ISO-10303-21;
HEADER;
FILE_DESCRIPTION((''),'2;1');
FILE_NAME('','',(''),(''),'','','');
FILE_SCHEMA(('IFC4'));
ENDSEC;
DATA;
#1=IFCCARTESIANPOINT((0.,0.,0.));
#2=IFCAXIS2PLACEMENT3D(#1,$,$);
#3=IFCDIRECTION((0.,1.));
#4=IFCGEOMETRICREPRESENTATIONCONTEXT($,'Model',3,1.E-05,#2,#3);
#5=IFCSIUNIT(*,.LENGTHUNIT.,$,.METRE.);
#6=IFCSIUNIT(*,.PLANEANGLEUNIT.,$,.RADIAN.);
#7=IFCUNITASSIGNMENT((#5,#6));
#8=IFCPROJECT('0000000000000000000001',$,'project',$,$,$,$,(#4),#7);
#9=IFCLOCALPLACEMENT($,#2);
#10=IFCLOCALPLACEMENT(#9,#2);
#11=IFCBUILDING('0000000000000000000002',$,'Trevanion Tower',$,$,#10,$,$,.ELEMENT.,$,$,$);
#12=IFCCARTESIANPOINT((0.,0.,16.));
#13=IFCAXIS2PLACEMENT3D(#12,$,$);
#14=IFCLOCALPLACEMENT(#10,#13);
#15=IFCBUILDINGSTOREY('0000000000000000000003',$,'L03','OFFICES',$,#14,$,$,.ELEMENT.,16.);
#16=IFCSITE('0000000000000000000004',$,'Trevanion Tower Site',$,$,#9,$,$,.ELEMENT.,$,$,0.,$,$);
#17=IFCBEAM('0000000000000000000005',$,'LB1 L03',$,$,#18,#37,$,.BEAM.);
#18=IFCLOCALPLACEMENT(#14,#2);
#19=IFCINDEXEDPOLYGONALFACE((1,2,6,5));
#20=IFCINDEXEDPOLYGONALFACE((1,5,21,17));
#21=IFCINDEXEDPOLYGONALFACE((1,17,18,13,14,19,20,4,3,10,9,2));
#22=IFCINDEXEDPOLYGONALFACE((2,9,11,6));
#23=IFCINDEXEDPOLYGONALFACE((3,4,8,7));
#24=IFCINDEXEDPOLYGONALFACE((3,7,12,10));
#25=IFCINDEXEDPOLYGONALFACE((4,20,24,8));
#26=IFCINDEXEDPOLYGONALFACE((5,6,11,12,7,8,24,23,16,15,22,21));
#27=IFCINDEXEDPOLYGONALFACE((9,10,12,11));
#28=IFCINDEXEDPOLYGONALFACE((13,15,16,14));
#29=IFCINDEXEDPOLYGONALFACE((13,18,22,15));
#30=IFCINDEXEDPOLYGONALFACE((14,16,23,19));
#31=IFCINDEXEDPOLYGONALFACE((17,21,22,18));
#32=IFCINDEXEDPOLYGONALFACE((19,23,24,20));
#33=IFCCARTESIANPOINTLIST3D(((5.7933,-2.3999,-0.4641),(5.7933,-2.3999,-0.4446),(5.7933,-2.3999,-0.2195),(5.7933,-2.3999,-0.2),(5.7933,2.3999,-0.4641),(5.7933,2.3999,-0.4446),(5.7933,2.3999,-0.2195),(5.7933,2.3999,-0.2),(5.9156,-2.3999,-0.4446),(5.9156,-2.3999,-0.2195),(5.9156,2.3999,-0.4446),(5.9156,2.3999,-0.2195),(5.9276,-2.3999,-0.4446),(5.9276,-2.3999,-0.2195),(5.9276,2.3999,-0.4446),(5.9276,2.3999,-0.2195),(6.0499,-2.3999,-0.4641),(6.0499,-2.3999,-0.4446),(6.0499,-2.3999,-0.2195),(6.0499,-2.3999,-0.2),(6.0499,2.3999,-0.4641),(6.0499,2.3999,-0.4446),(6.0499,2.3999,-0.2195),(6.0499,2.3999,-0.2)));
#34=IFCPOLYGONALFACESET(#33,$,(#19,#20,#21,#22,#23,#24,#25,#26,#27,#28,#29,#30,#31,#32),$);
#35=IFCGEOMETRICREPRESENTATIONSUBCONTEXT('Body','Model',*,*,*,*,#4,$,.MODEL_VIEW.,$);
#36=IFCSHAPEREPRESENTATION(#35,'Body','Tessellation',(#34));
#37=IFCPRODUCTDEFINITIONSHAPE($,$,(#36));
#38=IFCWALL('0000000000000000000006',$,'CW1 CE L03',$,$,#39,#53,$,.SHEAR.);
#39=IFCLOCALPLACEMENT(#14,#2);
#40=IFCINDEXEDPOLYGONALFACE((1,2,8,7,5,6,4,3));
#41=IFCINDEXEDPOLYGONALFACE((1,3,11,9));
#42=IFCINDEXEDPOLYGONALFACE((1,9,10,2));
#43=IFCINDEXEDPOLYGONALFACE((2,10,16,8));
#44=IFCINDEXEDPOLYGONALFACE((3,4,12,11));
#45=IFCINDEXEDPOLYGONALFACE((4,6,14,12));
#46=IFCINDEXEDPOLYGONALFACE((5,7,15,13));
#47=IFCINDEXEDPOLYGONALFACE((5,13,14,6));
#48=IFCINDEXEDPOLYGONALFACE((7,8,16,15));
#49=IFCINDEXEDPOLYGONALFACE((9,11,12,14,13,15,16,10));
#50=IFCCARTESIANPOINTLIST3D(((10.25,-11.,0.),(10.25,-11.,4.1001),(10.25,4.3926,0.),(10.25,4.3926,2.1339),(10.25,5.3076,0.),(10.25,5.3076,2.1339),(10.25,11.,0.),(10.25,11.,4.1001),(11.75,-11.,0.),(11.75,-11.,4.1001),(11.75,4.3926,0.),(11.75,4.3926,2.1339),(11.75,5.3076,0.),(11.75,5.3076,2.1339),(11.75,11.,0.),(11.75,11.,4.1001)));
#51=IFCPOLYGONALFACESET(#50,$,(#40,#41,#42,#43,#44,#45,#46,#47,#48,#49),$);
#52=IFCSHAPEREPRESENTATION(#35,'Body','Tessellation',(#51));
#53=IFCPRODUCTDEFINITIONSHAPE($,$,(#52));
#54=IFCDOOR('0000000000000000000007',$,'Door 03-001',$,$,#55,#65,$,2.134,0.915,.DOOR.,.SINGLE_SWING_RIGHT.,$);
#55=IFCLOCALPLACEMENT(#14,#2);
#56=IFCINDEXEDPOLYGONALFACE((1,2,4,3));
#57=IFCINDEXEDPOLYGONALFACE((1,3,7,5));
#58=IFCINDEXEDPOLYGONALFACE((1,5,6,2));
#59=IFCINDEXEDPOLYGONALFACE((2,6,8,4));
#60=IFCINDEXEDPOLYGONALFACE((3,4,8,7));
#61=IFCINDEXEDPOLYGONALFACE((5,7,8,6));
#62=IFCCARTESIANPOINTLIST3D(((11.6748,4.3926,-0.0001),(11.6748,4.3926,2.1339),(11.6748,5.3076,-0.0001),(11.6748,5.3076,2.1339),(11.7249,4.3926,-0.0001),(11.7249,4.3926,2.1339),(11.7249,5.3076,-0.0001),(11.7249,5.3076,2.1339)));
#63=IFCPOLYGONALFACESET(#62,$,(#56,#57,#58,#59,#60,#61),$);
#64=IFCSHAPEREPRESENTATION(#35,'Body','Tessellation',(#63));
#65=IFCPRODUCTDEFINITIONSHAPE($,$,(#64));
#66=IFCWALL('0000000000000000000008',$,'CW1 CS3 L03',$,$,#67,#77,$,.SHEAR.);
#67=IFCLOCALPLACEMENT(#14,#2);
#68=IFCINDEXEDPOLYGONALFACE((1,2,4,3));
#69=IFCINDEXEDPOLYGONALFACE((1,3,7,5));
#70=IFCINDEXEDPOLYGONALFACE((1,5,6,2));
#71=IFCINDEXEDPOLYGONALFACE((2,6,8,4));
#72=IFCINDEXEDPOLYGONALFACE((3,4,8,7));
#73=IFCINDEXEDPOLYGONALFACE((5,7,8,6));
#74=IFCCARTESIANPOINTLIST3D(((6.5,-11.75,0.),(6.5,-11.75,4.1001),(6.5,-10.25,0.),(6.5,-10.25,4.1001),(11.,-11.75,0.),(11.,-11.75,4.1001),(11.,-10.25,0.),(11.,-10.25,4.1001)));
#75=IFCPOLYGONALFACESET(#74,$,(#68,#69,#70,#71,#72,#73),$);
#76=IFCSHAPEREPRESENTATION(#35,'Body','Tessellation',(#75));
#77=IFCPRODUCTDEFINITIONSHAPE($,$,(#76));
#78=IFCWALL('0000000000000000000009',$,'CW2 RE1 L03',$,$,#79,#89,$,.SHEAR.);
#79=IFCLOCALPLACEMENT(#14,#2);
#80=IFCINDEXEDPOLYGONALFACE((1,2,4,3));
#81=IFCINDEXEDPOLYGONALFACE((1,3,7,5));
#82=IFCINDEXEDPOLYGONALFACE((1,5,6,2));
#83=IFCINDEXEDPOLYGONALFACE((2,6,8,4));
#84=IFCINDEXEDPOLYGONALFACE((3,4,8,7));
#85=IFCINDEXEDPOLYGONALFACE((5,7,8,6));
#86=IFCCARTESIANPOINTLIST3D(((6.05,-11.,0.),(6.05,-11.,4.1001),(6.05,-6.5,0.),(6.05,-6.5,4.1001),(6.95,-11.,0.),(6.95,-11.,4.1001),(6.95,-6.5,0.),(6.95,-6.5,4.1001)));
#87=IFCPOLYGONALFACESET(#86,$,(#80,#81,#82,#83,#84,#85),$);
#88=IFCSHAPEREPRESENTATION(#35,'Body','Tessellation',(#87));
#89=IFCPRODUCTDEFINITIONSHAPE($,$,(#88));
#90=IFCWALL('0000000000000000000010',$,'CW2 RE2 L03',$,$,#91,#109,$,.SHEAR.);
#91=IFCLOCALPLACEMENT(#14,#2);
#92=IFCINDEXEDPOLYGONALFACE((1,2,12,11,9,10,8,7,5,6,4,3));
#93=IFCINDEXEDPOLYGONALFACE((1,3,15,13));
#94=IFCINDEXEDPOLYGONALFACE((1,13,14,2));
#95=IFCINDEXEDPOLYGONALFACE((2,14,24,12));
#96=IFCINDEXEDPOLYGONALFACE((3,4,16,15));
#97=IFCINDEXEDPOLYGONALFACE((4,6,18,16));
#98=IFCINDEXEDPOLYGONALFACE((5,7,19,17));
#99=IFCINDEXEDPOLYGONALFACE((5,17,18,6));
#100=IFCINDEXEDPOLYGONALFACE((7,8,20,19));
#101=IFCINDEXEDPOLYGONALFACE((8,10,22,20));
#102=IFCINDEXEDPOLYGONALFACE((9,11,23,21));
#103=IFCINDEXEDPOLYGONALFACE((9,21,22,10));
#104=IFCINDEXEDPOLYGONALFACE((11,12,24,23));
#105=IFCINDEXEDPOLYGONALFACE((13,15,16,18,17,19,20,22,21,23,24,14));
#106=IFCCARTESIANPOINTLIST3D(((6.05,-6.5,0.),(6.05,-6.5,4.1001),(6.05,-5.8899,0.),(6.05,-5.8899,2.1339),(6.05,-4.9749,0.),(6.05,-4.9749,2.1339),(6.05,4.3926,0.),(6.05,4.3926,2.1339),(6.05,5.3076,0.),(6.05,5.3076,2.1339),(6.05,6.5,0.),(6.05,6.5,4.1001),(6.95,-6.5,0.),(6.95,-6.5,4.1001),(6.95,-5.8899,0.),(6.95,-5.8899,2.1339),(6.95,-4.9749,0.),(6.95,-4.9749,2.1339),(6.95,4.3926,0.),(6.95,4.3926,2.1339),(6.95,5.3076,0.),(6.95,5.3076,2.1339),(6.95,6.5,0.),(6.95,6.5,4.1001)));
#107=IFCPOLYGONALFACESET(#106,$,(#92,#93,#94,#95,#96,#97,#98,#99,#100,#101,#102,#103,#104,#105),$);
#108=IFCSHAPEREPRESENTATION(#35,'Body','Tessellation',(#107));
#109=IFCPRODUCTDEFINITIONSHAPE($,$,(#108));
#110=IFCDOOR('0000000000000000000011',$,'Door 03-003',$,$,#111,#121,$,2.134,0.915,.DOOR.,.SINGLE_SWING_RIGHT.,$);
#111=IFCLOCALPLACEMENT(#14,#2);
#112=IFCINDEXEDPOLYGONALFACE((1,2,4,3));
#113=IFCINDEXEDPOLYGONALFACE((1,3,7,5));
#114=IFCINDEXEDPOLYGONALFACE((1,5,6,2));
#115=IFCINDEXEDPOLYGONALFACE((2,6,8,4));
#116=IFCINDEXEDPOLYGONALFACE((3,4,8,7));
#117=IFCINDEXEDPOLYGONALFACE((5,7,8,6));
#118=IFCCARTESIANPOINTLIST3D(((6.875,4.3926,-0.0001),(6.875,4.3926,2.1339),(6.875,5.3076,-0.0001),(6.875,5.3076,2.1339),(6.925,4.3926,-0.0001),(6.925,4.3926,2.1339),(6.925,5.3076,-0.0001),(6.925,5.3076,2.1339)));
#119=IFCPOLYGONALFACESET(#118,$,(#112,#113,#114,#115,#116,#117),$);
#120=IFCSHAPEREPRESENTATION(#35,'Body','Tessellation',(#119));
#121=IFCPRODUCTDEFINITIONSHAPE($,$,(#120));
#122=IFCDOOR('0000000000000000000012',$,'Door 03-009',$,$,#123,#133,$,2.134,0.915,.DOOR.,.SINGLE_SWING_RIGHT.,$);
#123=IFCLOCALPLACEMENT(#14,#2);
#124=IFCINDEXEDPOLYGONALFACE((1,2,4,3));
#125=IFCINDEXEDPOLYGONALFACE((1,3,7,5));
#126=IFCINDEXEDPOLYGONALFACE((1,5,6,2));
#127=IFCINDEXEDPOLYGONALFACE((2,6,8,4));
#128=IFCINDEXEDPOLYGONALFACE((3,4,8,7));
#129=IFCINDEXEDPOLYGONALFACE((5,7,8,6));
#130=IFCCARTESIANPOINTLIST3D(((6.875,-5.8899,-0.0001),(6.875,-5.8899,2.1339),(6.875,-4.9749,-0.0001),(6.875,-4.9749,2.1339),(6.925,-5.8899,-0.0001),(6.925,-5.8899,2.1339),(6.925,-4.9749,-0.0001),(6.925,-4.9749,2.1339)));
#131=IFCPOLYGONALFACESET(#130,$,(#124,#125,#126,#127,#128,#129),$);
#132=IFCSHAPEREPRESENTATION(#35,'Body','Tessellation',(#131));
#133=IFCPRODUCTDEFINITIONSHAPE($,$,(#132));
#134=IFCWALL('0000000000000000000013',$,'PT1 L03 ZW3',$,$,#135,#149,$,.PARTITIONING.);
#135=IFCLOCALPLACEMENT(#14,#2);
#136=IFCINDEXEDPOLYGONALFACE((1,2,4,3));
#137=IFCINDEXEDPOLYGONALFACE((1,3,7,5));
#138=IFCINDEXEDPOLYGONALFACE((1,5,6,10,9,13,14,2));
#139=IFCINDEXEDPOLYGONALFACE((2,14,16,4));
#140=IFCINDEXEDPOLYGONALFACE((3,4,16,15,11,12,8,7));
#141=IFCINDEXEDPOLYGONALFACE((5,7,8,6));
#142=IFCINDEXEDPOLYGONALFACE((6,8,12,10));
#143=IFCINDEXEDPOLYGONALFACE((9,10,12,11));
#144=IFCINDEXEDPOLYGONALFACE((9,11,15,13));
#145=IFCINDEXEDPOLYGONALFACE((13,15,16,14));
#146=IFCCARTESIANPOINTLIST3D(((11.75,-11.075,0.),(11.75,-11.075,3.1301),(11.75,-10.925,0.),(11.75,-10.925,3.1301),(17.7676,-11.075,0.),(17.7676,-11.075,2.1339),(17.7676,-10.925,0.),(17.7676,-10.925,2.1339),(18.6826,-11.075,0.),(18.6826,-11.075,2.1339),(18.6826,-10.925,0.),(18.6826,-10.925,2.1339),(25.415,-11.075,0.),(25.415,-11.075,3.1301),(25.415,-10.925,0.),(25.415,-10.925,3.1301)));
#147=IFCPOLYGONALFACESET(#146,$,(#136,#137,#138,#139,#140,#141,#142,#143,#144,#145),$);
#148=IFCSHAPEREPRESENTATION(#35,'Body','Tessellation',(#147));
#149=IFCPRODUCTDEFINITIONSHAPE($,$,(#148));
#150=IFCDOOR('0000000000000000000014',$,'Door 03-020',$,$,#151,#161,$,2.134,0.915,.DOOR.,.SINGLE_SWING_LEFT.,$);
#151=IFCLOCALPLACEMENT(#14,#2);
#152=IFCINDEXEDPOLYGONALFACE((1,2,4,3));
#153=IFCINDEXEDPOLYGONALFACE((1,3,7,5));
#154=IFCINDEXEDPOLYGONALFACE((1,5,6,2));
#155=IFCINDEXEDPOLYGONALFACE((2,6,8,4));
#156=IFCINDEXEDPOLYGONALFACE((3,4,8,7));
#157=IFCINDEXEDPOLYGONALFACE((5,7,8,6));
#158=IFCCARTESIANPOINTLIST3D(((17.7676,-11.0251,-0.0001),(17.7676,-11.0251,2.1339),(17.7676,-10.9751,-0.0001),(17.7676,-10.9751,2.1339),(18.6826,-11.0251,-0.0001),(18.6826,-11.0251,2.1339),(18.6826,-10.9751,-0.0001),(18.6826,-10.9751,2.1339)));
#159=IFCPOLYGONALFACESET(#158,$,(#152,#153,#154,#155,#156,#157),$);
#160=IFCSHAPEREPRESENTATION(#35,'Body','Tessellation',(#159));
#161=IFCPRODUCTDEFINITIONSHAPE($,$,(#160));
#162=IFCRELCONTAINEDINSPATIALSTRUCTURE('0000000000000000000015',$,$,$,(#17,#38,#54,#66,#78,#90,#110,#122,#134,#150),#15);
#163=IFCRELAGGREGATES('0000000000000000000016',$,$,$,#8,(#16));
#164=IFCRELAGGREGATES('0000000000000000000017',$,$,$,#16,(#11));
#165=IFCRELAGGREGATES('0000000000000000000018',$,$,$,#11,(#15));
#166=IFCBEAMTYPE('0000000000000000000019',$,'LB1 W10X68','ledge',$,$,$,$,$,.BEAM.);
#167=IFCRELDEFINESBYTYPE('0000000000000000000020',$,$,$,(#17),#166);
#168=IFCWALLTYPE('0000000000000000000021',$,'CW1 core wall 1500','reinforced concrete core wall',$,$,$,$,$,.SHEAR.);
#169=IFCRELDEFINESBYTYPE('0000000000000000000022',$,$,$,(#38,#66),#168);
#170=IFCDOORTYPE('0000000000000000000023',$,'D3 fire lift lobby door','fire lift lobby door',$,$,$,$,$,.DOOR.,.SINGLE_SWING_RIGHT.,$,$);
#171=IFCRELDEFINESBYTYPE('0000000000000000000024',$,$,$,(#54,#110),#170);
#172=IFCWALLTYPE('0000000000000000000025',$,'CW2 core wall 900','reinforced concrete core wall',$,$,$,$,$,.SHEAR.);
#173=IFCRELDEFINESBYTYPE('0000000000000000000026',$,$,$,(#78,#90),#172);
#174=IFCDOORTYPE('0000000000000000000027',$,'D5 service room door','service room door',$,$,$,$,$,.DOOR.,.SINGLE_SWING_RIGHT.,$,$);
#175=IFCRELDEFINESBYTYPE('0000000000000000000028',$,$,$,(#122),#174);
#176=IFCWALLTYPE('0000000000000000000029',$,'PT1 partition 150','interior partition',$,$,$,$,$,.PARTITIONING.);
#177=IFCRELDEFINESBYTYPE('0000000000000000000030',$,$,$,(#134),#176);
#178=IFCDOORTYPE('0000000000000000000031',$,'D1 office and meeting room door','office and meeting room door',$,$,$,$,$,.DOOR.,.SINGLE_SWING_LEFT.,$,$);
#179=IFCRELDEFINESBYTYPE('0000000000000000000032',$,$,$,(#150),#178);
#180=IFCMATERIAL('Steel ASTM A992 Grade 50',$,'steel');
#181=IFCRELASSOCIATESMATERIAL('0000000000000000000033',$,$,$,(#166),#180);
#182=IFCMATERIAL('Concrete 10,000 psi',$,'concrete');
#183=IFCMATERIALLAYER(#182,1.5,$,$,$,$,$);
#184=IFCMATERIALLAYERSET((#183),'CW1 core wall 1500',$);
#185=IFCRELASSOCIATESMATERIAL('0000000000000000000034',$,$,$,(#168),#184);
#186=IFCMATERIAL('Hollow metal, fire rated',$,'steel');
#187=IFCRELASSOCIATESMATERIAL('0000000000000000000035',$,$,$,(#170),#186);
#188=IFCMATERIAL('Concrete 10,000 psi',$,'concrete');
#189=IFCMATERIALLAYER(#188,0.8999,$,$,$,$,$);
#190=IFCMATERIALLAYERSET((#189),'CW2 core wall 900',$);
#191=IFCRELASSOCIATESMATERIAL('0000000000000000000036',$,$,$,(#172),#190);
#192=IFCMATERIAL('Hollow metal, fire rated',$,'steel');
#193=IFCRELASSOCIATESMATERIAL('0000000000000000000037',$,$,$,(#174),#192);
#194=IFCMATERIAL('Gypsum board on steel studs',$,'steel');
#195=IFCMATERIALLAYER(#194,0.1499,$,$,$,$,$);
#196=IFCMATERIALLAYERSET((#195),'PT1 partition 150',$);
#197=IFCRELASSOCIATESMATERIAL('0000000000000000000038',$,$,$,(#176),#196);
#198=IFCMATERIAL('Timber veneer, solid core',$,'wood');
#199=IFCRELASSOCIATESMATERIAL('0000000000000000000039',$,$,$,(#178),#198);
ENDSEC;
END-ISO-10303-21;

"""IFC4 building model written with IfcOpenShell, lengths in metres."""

from ifc_helpers import new_model, si_unit, direction, frame, frame_2d, origin, origin_2d, place, context, subcontext, project, spatial, rectangle, i_section, extrude, material, layer, layer_set, material_profile, profile_set, type_object, element, fill, save


model = new_model("IFC4")

# Units and contexts
model_context = context("Model", 3, precision=1e-05, world=origin(), true_north=direction((0.0, 1.0)))
body_context = subcontext(model_context, "Body", "Model", "MODEL_VIEW")
ifc_project = project(units=[si_unit("LENGTHUNIT", "METRE"), si_unit("PLANEANGLEUNIT", "RADIAN")], contexts=[model_context])

# Site, building, storey
site_placement = place(None, origin())
site = spatial("IfcSite", under=ifc_project, at=site_placement, Name="Trevanion Tower Site", CompositionType="ELEMENT", RefElevation=0.0)
building_placement = place(site_placement, origin())
building = spatial("IfcBuilding", under=site, at=building_placement, Name="Trevanion Tower", CompositionType="ELEMENT")
storey_placement = place(building_placement, frame((0.0, 0.0, 16.0)))
storey = spatial("IfcBuildingStorey", under=building, at=storey_placement, Name="L03", Description="OFFICES", CompositionType="ELEMENT", Elevation=16.0)

# Beam
ifc_material_1 = material(Name="Steel ASTM A992 Grade 50", Category="steel")
ifc_material_profile_1 = material_profile(ifc_material_1, i_section(OverallWidth=0.2566, OverallDepth=0.2642, WebThickness=0.012, FlangeThickness=0.0195, at=origin_2d()), Name="W10X68")
ifc_profile_set_1 = profile_set([ifc_material_profile_1], Name="Steel ASTM A992 Grade 50")
beam_type_1 = type_object("IfcBeamType", Name="LB1 W10X68", Description="ledge", PredefinedType="BEAM", material=ifc_profile_set_1)
beam_1_placement = place(storey_placement, frame((5.9216, -2.3999, -0.332), z_axis=(0.0, 1.0, 0.0), x_axis=(-1.0, 0.0, 0.0)))
element("IfcBeam", 1, at=beam_1_placement, inside=storey, type_object=beam_type_1, Name="LB1 L03", PredefinedType="BEAM", context=body_context, shape_type="SweptSolid", body=[
    extrude(i_section(OverallWidth=0.2566, OverallDepth=0.2642, WebThickness=0.012, FlangeThickness=0.0195, at=origin_2d()), origin(), (0.0, 0.0, 1.0), 4.7998),
])

# Wall, opening, door
ifc_material_2 = material(Name="Concrete 10,000 psi", Category="concrete")
ifc_layer_1 = layer(ifc_material_2, 1.5)
ifc_layer_set_1 = layer_set([ifc_layer_1], Name="CW1 core wall 1500")
wall_type_1 = type_object("IfcWallType", Name="CW1 core wall 1500", Description="reinforced concrete core wall", PredefinedType="SHEAR", material=ifc_layer_set_1)
wall_1_placement = place(storey_placement, frame((11.0, -11.0, 0.0), z_axis=(0.0, 0.0, 1.0), x_axis=(0.0, 1.0, 0.0)))
wall_1 = element("IfcWall", 2, at=wall_1_placement, inside=storey, type_object=wall_type_1, Name="CW1 CE L03", PredefinedType="SHEAR", context=body_context, shape_type="SweptSolid", body=[
    extrude(rectangle(XDim=22.0, YDim=1.5, at=frame_2d((11.0, 0.0))), origin(), (0.0, 0.0, 1.0), 4.1001),
])
opening_1_placement = place(wall_1_placement, frame((15.3926, 0.0, 0.0)))
opening_1 = element("IfcOpeningElement", 3, at=opening_1_placement, cuts=wall_1, PredefinedType="OPENING", context=body_context, shape_type="SweptSolid", body=[
    extrude(rectangle(XDim=0.915, YDim=2.134, at=frame_2d((0.4575, 1.0669))), frame((0.0, 0.76, 0.0), z_axis=(0.0, -1.0, 0.0), x_axis=(1.0, 0.0, 0.0)), (0.0, 0.0, 1.0), 1.52),
])
ifc_material_3 = material(Name="Hollow metal, fire rated", Category="steel")
door_type_1 = type_object("IfcDoorType", Name="D3 fire lift lobby door", Description="fire lift lobby door", OperationType="SINGLE_SWING_RIGHT", PredefinedType="DOOR", material=ifc_material_3)
door_1_placement = place(opening_1_placement, origin())
door_1 = element("IfcDoor", 4, at=door_1_placement, inside=storey, type_object=door_type_1, Name="Door 03-001", OperationType="SINGLE_SWING_RIGHT", OverallHeight=2.134, OverallWidth=0.915, PredefinedType="DOOR", context=body_context, shape_type="SweptSolid", body=[
    extrude(rectangle(XDim=0.915, YDim=2.134, at=frame_2d((0.4575, 1.0669))), frame((0.0, -0.6748, 0.0), z_axis=(0.0, -1.0, 0.0), x_axis=(1.0, 0.0, 0.0)), (0.0, 0.0, 1.0), 0.05),
])
fill(opening_1, door_1)

# Walls
wall_2_placement = place(storey_placement, frame((6.5, -11.0, 0.0), z_axis=(0.0, 0.0, 1.0), x_axis=(1.0, 0.0, 0.0)))
element("IfcWall", 5, at=wall_2_placement, inside=storey, type_object=wall_type_1, Name="CW1 CS3 L03", PredefinedType="SHEAR", context=body_context, shape_type="SweptSolid", body=[
    extrude(rectangle(XDim=4.5, YDim=1.5, at=frame_2d((2.25, 0.0))), origin(), (0.0, 0.0, 1.0), 4.1001),
])
ifc_material_4 = material(Name="Concrete 10,000 psi", Category="concrete")
ifc_layer_2 = layer(ifc_material_4, 0.8999)
ifc_layer_set_2 = layer_set([ifc_layer_2], Name="CW2 core wall 900")
wall_type_2 = type_object("IfcWallType", Name="CW2 core wall 900", Description="reinforced concrete core wall", PredefinedType="SHEAR", material=ifc_layer_set_2)
wall_3_placement = place(storey_placement, frame((6.5, -11.0, 0.0), z_axis=(0.0, 0.0, 1.0), x_axis=(0.0, 1.0, 0.0)))
element("IfcWall", 6, at=wall_3_placement, inside=storey, type_object=wall_type_2, Name="CW2 RE1 L03", PredefinedType="SHEAR", context=body_context, shape_type="SweptSolid", body=[
    extrude(rectangle(XDim=4.5, YDim=0.8999, at=frame_2d((2.25, 0.0))), origin(), (0.0, 0.0, 1.0), 4.1001),
])

# Wall, openings, doors
wall_4_placement = place(storey_placement, frame((6.5, -6.5, 0.0), z_axis=(0.0, 0.0, 1.0), x_axis=(0.0, 1.0, 0.0)))
wall_4 = element("IfcWall", 7, at=wall_4_placement, inside=storey, type_object=wall_type_2, Name="CW2 RE2 L03", PredefinedType="SHEAR", context=body_context, shape_type="SweptSolid", body=[
    extrude(rectangle(XDim=13.0, YDim=0.8999, at=frame_2d((6.5, 0.0))), origin(), (0.0, 0.0, 1.0), 4.1001),
])
opening_2_placement = place(wall_4_placement, frame((10.8926, 0.0, 0.0)))
opening_2 = element("IfcOpeningElement", 8, at=opening_2_placement, cuts=wall_4, PredefinedType="OPENING", context=body_context, shape_type="SweptSolid", body=[
    extrude(rectangle(XDim=0.915, YDim=2.134, at=frame_2d((0.4575, 1.0669))), frame((0.0, 0.46, 0.0), z_axis=(0.0, -1.0, 0.0), x_axis=(1.0, 0.0, 0.0)), (0.0, 0.0, 1.0), 0.9199),
])
opening_3_placement = place(wall_4_placement, frame((0.6101, 0.0, 0.0)))
opening_3 = element("IfcOpeningElement", 9, at=opening_3_placement, cuts=wall_4, PredefinedType="OPENING", context=body_context, shape_type="SweptSolid", body=[
    extrude(rectangle(XDim=0.915, YDim=2.134, at=frame_2d((0.4575, 1.0669))), frame((0.0, 0.46, 0.0), z_axis=(0.0, -1.0, 0.0), x_axis=(1.0, 0.0, 0.0)), (0.0, 0.0, 1.0), 0.9199),
])
door_2_placement = place(opening_2_placement, origin())
door_2 = element("IfcDoor", 10, at=door_2_placement, inside=storey, type_object=door_type_1, Name="Door 03-003", OperationType="SINGLE_SWING_RIGHT", OverallHeight=2.134, OverallWidth=0.915, PredefinedType="DOOR", context=body_context, shape_type="SweptSolid", body=[
    extrude(rectangle(XDim=0.915, YDim=2.134, at=frame_2d((0.4575, 1.0669))), frame((0.0, -0.375, 0.0), z_axis=(0.0, -1.0, 0.0), x_axis=(1.0, 0.0, 0.0)), (0.0, 0.0, 1.0), 0.05),
])
fill(opening_2, door_2)
ifc_material_5 = material(Name="Hollow metal, fire rated", Category="steel")
door_type_2 = type_object("IfcDoorType", Name="D5 service room door", Description="service room door", OperationType="SINGLE_SWING_RIGHT", PredefinedType="DOOR", material=ifc_material_5)
door_3_placement = place(opening_3_placement, origin())
door_3 = element("IfcDoor", 11, at=door_3_placement, inside=storey, type_object=door_type_2, Name="Door 03-009", OperationType="SINGLE_SWING_RIGHT", OverallHeight=2.134, OverallWidth=0.915, PredefinedType="DOOR", context=body_context, shape_type="SweptSolid", body=[
    extrude(rectangle(XDim=0.915, YDim=2.134, at=frame_2d((0.4575, 1.0669))), frame((0.0, -0.375, 0.0), z_axis=(0.0, -1.0, 0.0), x_axis=(1.0, 0.0, 0.0)), (0.0, 0.0, 1.0), 0.05),
])
fill(opening_3, door_3)

# Wall, opening, door
ifc_material_6 = material(Name="Gypsum board on steel studs", Category="steel")
ifc_layer_3 = layer(ifc_material_6, 0.1499)
ifc_layer_set_3 = layer_set([ifc_layer_3], Name="PT1 partition 150")
wall_type_3 = type_object("IfcWallType", Name="PT1 partition 150", Description="interior partition", PredefinedType="PARTITIONING", material=ifc_layer_set_3)
wall_5_placement = place(storey_placement, frame((11.75, -11.0, 0.0), z_axis=(0.0, 0.0, 1.0), x_axis=(1.0, 0.0, 0.0)))
wall_5 = element("IfcWall", 12, at=wall_5_placement, inside=storey, type_object=wall_type_3, Name="PT1 L03 ZW3", PredefinedType="PARTITIONING", context=body_context, shape_type="SweptSolid", body=[
    extrude(rectangle(XDim=13.665, YDim=0.1499, at=frame_2d((6.8325, 0.0))), origin(), (0.0, 0.0, 1.0), 3.1301),
])
opening_4_placement = place(wall_5_placement, frame((6.0176, 0.0, 0.0)))
opening_4 = element("IfcOpeningElement", 13, at=opening_4_placement, cuts=wall_5, PredefinedType="OPENING", context=body_context, shape_type="SweptSolid", body=[
    extrude(rectangle(XDim=0.915, YDim=2.134, at=frame_2d((0.4575, 1.0669))), frame((0.0, 0.085, 0.0), z_axis=(0.0, -1.0, 0.0), x_axis=(1.0, 0.0, 0.0)), (0.0, 0.0, 1.0), 0.1699),
])
ifc_material_7 = material(Name="Timber veneer, solid core", Category="wood")
door_type_3 = type_object("IfcDoorType", Name="D1 office and meeting room door", Description="office and meeting room door", OperationType="SINGLE_SWING_LEFT", PredefinedType="DOOR", material=ifc_material_7)
door_4_placement = place(opening_4_placement, origin())
door_4 = element("IfcDoor", 14, at=door_4_placement, inside=storey, type_object=door_type_3, Name="Door 03-020", OperationType="SINGLE_SWING_LEFT", OverallHeight=2.134, OverallWidth=0.915, PredefinedType="DOOR", context=body_context, shape_type="SweptSolid", body=[
    extrude(rectangle(XDim=0.915, YDim=2.134, at=frame_2d((0.4575, 1.0669))), frame((0.0, 0.0249, 0.0), z_axis=(0.0, -1.0, 0.0), x_axis=(1.0, 0.0, 0.0)), (0.0, 0.0, 1.0), 0.05),
])
fill(opening_4, door_4)

save(model, "model.ifc")
